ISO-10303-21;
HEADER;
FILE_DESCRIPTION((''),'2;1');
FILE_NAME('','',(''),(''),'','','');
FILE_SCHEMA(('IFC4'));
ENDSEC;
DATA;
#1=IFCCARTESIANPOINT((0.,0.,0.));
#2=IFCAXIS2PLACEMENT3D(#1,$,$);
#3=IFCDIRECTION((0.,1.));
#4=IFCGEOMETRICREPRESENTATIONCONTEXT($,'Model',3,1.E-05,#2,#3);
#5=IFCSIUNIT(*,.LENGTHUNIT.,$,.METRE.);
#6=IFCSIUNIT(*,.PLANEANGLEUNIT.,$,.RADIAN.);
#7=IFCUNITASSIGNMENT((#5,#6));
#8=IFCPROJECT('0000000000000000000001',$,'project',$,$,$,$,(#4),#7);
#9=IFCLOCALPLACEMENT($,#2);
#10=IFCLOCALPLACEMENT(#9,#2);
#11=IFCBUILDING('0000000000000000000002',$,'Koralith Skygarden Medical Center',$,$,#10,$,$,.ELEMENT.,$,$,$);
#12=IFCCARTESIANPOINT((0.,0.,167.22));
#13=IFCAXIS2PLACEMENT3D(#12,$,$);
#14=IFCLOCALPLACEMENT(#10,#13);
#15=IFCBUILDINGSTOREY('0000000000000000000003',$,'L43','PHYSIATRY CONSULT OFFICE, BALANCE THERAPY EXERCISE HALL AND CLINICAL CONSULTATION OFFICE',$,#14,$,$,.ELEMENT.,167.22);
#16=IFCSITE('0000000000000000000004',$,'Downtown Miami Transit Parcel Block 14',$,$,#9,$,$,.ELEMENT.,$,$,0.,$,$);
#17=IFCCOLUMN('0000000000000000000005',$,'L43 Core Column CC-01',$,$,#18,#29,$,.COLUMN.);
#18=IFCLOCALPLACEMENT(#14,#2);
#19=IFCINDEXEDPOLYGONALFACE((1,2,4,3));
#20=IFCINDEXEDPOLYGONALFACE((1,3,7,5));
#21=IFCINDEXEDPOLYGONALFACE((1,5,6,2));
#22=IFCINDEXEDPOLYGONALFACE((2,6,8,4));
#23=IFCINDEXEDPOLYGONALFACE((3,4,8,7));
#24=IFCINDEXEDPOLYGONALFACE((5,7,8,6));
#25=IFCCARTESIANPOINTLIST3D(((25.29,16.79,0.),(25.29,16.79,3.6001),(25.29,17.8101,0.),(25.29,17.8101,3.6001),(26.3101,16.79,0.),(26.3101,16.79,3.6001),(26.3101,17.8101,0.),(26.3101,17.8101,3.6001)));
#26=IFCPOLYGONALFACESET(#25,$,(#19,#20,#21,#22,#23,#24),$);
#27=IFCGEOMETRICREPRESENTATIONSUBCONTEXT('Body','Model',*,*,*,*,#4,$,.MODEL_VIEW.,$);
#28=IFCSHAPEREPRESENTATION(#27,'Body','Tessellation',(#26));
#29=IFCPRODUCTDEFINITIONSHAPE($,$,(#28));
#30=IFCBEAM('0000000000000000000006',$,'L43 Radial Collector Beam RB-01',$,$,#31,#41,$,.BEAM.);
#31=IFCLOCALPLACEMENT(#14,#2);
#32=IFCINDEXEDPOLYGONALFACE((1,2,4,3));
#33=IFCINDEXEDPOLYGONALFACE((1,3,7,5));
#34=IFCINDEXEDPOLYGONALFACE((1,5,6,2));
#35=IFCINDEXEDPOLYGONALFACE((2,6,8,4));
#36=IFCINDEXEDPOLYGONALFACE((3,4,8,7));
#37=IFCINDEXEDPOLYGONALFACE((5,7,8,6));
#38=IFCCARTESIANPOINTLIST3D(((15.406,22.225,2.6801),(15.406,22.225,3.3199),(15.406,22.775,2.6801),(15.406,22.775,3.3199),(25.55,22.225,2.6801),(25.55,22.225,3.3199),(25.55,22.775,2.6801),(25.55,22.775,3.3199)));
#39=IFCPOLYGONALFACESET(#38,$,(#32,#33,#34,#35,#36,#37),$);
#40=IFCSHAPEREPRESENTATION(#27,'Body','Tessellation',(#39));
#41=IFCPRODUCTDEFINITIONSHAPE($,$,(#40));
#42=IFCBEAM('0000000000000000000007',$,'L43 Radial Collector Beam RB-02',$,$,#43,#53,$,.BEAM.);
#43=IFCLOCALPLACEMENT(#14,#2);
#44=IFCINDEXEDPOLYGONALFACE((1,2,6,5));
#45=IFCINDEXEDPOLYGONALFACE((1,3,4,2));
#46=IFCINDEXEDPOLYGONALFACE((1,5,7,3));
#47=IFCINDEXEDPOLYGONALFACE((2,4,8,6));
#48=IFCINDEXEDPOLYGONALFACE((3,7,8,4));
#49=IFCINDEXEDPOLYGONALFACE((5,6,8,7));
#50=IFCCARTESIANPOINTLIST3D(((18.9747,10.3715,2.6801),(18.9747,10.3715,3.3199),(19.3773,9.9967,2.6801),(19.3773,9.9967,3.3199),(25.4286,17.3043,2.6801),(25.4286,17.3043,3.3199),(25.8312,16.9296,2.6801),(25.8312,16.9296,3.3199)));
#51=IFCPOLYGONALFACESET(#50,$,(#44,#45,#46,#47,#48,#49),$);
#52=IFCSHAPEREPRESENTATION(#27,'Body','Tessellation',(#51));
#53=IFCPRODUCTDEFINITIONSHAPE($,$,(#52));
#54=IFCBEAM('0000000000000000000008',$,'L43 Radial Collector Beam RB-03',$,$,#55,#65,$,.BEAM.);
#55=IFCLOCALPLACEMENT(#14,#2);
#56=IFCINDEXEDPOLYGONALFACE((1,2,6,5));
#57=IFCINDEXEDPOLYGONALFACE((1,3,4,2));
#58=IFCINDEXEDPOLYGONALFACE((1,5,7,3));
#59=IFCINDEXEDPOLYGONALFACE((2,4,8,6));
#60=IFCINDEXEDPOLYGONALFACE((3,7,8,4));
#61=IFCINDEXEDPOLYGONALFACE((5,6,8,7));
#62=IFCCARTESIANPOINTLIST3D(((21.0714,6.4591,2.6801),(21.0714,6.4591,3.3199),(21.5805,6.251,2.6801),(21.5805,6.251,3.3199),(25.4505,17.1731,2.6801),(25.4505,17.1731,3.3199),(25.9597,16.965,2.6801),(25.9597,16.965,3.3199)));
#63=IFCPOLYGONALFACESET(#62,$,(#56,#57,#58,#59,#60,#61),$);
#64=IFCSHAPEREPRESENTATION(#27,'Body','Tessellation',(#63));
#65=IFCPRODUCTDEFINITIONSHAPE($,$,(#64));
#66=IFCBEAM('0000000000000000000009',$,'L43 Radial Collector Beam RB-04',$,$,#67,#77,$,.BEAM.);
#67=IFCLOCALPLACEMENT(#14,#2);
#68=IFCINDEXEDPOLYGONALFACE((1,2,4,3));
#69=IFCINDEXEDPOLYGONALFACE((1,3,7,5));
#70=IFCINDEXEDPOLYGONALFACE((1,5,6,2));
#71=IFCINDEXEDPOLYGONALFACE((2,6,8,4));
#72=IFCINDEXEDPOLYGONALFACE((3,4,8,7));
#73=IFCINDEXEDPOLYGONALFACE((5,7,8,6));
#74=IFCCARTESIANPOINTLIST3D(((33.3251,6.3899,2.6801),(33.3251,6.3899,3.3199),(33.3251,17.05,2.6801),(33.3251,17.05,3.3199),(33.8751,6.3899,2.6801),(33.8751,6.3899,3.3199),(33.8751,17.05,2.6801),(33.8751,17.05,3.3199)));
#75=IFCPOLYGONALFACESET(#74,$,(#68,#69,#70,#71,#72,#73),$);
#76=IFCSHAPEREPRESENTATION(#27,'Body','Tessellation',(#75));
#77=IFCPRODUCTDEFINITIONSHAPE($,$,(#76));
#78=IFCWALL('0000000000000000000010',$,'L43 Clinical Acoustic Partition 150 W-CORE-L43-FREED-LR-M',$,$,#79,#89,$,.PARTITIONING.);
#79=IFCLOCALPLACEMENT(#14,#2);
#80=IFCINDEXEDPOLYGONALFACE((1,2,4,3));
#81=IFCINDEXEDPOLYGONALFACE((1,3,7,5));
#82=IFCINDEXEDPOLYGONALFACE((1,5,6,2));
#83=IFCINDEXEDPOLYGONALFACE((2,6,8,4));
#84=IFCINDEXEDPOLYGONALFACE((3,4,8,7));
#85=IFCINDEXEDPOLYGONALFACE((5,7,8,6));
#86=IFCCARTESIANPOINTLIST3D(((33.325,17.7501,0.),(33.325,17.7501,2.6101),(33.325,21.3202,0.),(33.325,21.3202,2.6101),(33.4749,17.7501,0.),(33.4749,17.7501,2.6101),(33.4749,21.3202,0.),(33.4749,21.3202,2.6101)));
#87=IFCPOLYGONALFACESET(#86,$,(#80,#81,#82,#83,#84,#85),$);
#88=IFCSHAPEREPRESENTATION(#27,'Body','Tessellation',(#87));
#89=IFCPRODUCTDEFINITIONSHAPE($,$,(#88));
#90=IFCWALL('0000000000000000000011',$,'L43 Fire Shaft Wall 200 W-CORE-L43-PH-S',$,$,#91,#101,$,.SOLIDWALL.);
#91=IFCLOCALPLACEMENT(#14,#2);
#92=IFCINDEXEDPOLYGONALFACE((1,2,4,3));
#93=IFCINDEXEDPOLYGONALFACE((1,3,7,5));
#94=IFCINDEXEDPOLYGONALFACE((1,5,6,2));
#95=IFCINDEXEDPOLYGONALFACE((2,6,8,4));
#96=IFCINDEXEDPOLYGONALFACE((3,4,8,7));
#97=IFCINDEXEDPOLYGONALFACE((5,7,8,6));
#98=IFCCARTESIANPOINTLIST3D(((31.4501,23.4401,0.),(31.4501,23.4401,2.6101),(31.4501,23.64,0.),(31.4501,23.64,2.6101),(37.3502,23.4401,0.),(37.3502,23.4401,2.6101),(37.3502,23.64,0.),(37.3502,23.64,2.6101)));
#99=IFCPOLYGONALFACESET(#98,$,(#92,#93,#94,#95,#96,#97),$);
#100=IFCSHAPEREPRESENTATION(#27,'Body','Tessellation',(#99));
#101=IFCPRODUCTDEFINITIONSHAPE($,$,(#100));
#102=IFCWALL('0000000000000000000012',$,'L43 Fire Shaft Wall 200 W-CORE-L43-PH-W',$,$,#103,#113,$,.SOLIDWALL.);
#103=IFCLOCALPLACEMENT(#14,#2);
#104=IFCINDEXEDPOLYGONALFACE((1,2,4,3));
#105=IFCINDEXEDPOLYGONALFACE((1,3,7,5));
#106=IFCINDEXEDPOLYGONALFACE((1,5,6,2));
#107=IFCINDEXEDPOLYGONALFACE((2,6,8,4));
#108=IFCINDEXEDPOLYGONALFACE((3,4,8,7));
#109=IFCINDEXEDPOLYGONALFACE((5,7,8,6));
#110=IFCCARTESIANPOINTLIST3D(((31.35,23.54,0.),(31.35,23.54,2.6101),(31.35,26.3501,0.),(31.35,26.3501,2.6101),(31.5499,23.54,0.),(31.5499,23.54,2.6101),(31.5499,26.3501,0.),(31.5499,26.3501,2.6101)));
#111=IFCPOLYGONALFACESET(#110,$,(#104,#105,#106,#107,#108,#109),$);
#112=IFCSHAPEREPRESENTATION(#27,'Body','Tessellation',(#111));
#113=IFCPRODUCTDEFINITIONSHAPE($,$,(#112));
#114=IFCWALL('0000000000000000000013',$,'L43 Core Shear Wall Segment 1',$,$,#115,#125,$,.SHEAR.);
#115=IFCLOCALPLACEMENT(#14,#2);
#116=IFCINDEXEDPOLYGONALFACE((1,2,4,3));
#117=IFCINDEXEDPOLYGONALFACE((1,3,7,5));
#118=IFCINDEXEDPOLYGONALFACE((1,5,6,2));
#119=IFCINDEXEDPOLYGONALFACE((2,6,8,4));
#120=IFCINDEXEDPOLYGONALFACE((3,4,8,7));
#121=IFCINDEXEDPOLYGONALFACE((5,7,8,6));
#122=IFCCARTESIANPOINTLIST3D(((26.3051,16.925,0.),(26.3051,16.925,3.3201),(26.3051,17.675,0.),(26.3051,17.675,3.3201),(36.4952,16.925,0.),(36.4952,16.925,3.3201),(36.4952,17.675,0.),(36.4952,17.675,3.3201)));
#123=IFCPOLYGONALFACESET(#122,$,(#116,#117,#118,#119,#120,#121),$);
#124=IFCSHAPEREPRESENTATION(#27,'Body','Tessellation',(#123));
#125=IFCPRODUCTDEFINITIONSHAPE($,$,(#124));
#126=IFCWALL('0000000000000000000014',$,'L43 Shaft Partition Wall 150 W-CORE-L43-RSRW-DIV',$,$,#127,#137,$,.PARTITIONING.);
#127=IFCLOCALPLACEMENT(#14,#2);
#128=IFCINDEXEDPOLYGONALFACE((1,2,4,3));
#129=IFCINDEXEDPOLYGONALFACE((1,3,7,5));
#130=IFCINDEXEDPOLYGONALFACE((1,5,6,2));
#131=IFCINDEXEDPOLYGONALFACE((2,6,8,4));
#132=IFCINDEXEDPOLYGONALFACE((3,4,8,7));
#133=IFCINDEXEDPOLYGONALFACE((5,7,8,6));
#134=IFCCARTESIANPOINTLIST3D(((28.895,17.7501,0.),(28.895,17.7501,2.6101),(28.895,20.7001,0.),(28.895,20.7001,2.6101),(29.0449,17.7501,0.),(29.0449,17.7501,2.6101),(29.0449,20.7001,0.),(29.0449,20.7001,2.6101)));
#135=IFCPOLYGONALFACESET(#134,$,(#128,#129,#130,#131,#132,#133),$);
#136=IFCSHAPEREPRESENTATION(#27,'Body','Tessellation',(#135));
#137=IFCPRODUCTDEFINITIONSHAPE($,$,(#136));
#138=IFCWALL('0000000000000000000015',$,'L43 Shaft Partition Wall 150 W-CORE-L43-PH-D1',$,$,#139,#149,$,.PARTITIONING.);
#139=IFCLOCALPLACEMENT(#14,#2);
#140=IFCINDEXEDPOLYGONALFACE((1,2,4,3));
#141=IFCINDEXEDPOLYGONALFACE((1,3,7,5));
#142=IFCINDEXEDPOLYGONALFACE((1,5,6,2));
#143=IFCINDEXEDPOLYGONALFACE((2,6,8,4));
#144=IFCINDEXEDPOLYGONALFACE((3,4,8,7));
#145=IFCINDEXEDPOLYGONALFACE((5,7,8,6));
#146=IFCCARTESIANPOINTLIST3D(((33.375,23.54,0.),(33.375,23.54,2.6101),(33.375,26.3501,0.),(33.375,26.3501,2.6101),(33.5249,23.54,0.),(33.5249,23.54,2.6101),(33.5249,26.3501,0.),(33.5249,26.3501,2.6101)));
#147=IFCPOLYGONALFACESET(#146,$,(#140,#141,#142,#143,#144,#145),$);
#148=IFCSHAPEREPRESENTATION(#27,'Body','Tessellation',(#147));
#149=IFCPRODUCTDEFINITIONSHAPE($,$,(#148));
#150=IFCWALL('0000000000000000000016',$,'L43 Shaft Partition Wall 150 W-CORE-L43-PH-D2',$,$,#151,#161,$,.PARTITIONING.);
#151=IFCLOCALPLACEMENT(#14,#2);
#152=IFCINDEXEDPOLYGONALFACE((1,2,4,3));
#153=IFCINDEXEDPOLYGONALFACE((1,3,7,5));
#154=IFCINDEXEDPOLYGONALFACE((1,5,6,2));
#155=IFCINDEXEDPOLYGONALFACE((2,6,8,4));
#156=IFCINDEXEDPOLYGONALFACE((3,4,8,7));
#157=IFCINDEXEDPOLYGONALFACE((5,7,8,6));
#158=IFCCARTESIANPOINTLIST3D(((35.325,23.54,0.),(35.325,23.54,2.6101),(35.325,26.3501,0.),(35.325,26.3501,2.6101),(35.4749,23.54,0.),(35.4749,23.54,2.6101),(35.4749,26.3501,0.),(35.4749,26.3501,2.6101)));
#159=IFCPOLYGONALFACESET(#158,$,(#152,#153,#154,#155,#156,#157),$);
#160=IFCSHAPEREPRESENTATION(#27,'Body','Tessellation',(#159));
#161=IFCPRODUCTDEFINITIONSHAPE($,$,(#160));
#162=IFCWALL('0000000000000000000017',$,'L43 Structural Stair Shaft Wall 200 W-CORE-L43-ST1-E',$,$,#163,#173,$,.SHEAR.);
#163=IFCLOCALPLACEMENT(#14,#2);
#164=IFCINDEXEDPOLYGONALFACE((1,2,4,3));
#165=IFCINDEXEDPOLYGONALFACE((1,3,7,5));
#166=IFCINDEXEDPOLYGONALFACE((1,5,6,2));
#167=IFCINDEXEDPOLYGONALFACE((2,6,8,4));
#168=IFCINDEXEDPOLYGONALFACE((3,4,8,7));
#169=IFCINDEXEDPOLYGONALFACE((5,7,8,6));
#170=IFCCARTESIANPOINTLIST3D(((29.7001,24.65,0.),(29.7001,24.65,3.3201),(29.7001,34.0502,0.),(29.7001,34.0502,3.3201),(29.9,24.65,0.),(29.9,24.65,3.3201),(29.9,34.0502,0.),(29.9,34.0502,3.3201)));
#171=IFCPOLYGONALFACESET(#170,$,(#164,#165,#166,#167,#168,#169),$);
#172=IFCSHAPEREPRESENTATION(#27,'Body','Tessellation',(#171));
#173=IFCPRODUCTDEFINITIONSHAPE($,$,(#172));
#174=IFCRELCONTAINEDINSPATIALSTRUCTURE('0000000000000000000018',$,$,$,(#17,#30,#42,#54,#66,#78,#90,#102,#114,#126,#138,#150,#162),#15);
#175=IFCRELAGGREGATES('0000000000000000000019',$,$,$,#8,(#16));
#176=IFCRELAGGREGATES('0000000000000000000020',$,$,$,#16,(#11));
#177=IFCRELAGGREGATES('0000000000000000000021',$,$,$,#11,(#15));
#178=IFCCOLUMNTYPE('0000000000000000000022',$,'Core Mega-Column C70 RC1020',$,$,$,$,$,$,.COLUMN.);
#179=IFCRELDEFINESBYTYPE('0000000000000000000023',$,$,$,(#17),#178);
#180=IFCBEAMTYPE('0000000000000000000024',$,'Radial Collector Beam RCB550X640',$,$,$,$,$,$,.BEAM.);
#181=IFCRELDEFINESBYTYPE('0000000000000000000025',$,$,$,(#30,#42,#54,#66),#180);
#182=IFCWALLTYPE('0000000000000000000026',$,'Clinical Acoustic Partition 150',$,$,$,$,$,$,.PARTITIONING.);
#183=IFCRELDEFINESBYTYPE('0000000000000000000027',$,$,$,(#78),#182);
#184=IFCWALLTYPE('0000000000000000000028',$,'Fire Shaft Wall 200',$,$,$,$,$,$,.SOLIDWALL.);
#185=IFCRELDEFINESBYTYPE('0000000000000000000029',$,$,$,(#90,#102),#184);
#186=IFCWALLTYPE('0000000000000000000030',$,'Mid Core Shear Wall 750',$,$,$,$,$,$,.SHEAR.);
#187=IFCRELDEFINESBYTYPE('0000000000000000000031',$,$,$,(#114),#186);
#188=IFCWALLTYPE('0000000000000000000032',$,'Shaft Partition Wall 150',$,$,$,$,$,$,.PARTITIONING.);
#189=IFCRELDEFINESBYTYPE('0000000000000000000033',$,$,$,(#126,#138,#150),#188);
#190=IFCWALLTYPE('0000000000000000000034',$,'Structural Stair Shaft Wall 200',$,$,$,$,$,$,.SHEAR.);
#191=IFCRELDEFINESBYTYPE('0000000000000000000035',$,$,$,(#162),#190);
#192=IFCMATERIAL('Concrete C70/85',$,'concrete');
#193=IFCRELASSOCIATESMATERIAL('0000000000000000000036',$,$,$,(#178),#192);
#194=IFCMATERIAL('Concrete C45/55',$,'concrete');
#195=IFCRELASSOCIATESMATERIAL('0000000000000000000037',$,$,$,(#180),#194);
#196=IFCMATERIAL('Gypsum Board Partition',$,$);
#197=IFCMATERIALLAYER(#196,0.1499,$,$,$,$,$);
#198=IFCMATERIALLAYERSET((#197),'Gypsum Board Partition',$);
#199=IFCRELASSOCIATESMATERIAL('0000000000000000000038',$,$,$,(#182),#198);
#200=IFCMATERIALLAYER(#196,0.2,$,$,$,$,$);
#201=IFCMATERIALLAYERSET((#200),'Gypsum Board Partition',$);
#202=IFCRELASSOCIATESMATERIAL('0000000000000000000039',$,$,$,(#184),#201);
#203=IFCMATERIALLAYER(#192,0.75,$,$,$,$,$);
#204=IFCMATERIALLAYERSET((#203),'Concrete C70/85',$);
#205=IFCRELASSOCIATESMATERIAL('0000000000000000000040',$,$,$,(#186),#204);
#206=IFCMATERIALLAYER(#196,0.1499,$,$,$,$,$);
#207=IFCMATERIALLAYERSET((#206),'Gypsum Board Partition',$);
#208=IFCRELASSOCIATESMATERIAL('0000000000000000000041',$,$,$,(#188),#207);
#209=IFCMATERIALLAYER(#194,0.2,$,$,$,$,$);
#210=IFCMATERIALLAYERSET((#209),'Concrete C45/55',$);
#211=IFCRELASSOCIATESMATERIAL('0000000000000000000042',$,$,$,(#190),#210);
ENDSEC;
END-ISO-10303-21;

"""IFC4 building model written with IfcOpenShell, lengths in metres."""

from ifc_helpers import new_model, si_unit, direction, frame, frame_2d, origin, origin_2d, place, context, subcontext, project, spatial, rectangle, extrude, material, layer, layer_set, material_profile, profile_set, type_object, element, save


model = new_model("IFC4")

# Units and contexts
model_context = context("Model", 3, precision=1e-05, world=origin(), true_north=direction((0.0, 1.0)))
body_context = subcontext(model_context, "Body", "Model", "MODEL_VIEW")
ifc_project = project(units=[si_unit("LENGTHUNIT", "METRE"), si_unit("PLANEANGLEUNIT", "RADIAN")], contexts=[model_context])

# Site, building, storey
site_placement = place(None, origin())
site = spatial("IfcSite", under=ifc_project, at=site_placement, Name="Downtown Miami Transit Parcel Block 14", CompositionType="ELEMENT", RefElevation=0.0)
building_placement = place(site_placement, origin())
building = spatial("IfcBuilding", under=site, at=building_placement, Name="Koralith Skygarden Medical Center", CompositionType="ELEMENT")
storey_placement = place(building_placement, frame((0.0, 0.0, 167.22)))
storey = spatial("IfcBuildingStorey", under=building, at=storey_placement, Name="L43", Description="PHYSIATRY CONSULT OFFICE, BALANCE THERAPY EXERCISE HALL AND CLINICAL CONSULTATION OFFICE", CompositionType="ELEMENT", Elevation=167.22)

# Column
ifc_material_1 = material(Name="Concrete C70/85", Category="concrete")
ifc_material_profile_1 = material_profile(ifc_material_1, rectangle(XDim=1.02, YDim=1.02, at=origin_2d()), Name="RC1020X1020")
ifc_profile_set_1 = profile_set([ifc_material_profile_1], Name="Concrete C70/85")
column_type = type_object("IfcColumnType", Name="Core Mega-Column C70 RC1020", PredefinedType="COLUMN", material=ifc_profile_set_1)
column_placement = place(storey_placement, frame((25.8, 17.3, 0.0), z_axis=(0.0, 0.0, 1.0), x_axis=(1.0, 0.0, 0.0)))
element("IfcColumn", 1, at=column_placement, inside=storey, type_object=column_type, Name="L43 Core Column CC-01", PredefinedType="COLUMN", context=body_context, shape_type="SweptSolid", body=[
    extrude(rectangle(XDim=1.02, YDim=1.02, at=origin_2d()), origin(), (0.0, 0.0, 1.0), 3.6001),
])

# Beams
ifc_material_2 = material(Name="Concrete C45/55", Category="concrete")
ifc_material_profile_2 = material_profile(ifc_material_2, rectangle(XDim=0.55, YDim=0.6399, at=origin_2d()), Name="RCB550X640")
ifc_profile_set_2 = profile_set([ifc_material_profile_2], Name="Concrete C45/55")
beam_type = type_object("IfcBeamType", Name="Radial Collector Beam RCB550X640", PredefinedType="BEAM", material=ifc_profile_set_2)
beam_1_placement = place(storey_placement, frame((25.55, 22.5, 3.0), z_axis=(-1.0, 0.0, 0.0), x_axis=(0.0, -1.0, 0.0)))
element("IfcBeam", 2, at=beam_1_placement, inside=storey, type_object=beam_type, Name="L43 Radial Collector Beam RB-01", PredefinedType="BEAM", context=body_context, shape_type="SweptSolid", body=[
    extrude(rectangle(XDim=0.55, YDim=0.6399, at=origin_2d()), origin(), (0.0, 0.0, 1.0), 10.144),
])
beam_2_placement = place(storey_placement, frame((25.6299, 17.1169, 3.0), z_axis=(-0.681369, -0.73194, 0.0), x_axis=(0.73194, -0.681369, 0.0)))
element("IfcBeam", 3, at=beam_2_placement, inside=storey, type_object=beam_type, Name="L43 Radial Collector Beam RB-02", PredefinedType="BEAM", context=body_context, shape_type="SweptSolid", body=[
    extrude(rectangle(XDim=0.55, YDim=0.6399, at=origin_2d()), origin(), (0.0, 0.0, 1.0), 9.4719),
])
beam_3_placement = place(storey_placement, frame((25.7051, 17.0691, 3.0), z_axis=(-0.378345, -0.925665, 0.0), x_axis=(0.925665, -0.378345, 0.0)))
element("IfcBeam", 4, at=beam_3_placement, inside=storey, type_object=beam_type, Name="L43 Radial Collector Beam RB-03", PredefinedType="BEAM", context=body_context, shape_type="SweptSolid", body=[
    extrude(rectangle(XDim=0.55, YDim=0.6399, at=origin_2d()), origin(), (0.0, 0.0, 1.0), 11.5745),
])
beam_4_placement = place(storey_placement, frame((33.6001, 17.05, 3.0), z_axis=(0.0, -1.0, 0.0), x_axis=(1.0, 0.0, 0.0)))
element("IfcBeam", 5, at=beam_4_placement, inside=storey, type_object=beam_type, Name="L43 Radial Collector Beam RB-04", PredefinedType="BEAM", context=body_context, shape_type="SweptSolid", body=[
    extrude(rectangle(XDim=0.55, YDim=0.6399, at=origin_2d()), origin(), (0.0, 0.0, 1.0), 10.6602),
])

# Shared definitions
ifc_material_3 = material(Name="Gypsum Board Partition")
ifc_layer_1 = layer(ifc_material_3, 0.1499)
ifc_layer_set_1 = layer_set([ifc_layer_1], Name="Gypsum Board Partition")
wall_type_1 = type_object("IfcWallType", Name="Clinical Acoustic Partition 150", PredefinedType="PARTITIONING", material=ifc_layer_set_1)

# Wall
wall_1_placement = place(storey_placement, frame((33.3999, 17.75, 0.0), z_axis=(0.0, 0.0, 1.0), x_axis=(0.0, 1.0, 0.0)))
element("IfcWall", 6, at=wall_1_placement, inside=storey, type_object=wall_type_1, Name="L43 Clinical Acoustic Partition 150 W-CORE-L43-FREED-LR-M", PredefinedType="PARTITIONING", context=body_context, shape_type="SweptSolid", body=[
    extrude(rectangle(XDim=3.5701, YDim=0.1499, at=frame_2d((1.7852, 0.0))), origin(), (0.0, 0.0, 1.0), 2.6101),
])

# Shared definitions
ifc_layer_2 = layer(ifc_material_3, 0.2)
ifc_layer_set_2 = layer_set([ifc_layer_2], Name="Gypsum Board Partition")
wall_type_2 = type_object("IfcWallType", Name="Fire Shaft Wall 200", PredefinedType="SOLIDWALL", material=ifc_layer_set_2)

# Walls
wall_2_placement = place(storey_placement, frame((31.45, 23.54, 0.0), z_axis=(0.0, 0.0, 1.0), x_axis=(1.0, 0.0, 0.0)))
element("IfcWall", 7, at=wall_2_placement, inside=storey, type_object=wall_type_2, Name="L43 Fire Shaft Wall 200 W-CORE-L43-PH-S", PredefinedType="SOLIDWALL", context=body_context, shape_type="SweptSolid", body=[
    extrude(rectangle(XDim=5.9001, YDim=0.2, at=frame_2d((2.9502, 0.0))), origin(), (0.0, 0.0, 1.0), 2.6101),
])
wall_3_placement = place(storey_placement, frame((31.45, 23.54, 0.0), z_axis=(0.0, 0.0, 1.0), x_axis=(0.0, 1.0, 0.0)))
element("IfcWall", 8, at=wall_3_placement, inside=storey, type_object=wall_type_2, Name="L43 Fire Shaft Wall 200 W-CORE-L43-PH-W", PredefinedType="SOLIDWALL", context=body_context, shape_type="SweptSolid", body=[
    extrude(rectangle(XDim=2.8101, YDim=0.2, at=frame_2d((1.405, 0.0))), origin(), (0.0, 0.0, 1.0), 2.6101),
])
ifc_layer_3 = layer(ifc_material_1, 0.75)
ifc_layer_set_3 = layer_set([ifc_layer_3], Name="Concrete C70/85")
wall_type_3 = type_object("IfcWallType", Name="Mid Core Shear Wall 750", PredefinedType="SHEAR", material=ifc_layer_set_3)
wall_4_placement = place(storey_placement, frame((26.3049, 17.3, 0.0), z_axis=(0.0, 0.0, 1.0), x_axis=(1.0, 0.0, 0.0)))
element("IfcWall", 9, at=wall_4_placement, inside=storey, type_object=wall_type_3, Name="L43 Core Shear Wall Segment 1", PredefinedType="SHEAR", context=body_context, shape_type="SweptSolid", body=[
    extrude(rectangle(XDim=10.1902, YDim=0.75, at=frame_2d((5.0952, 0.0))), origin(), (0.0, 0.0, 1.0), 3.3201),
])

# Walls
ifc_layer_4 = layer(ifc_material_3, 0.1499)
ifc_layer_set_4 = layer_set([ifc_layer_4], Name="Gypsum Board Partition")
wall_type_4 = type_object("IfcWallType", Name="Shaft Partition Wall 150", PredefinedType="PARTITIONING", material=ifc_layer_set_4)
wall_5_placement = place(storey_placement, frame((28.97, 17.75, 0.0), z_axis=(0.0, 0.0, 1.0), x_axis=(0.0, 1.0, 0.0)))
element("IfcWall", 10, at=wall_5_placement, inside=storey, type_object=wall_type_4, Name="L43 Shaft Partition Wall 150 W-CORE-L43-RSRW-DIV", PredefinedType="PARTITIONING", context=body_context, shape_type="SweptSolid", body=[
    extrude(rectangle(XDim=2.95, YDim=0.1499, at=frame_2d((1.4751, 0.0))), origin(), (0.0, 0.0, 1.0), 2.6101),
])
for number, where, z_axis, x_axis, name in (
    (11, (33.45, 23.54, 0.0), (0.0, 0.0, 1.0), (0.0, 1.0, 0.0), "L43 Shaft Partition Wall 150 W-CORE-L43-PH-D1"),
    (12, (35.3999, 23.54, 0.0), (0.0, 0.0, 1.0), (0.0, 1.0, 0.0), "L43 Shaft Partition Wall 150 W-CORE-L43-PH-D2"),
):
    element("IfcWall", number, at=place(storey_placement, frame(where, z_axis=z_axis, x_axis=x_axis)), inside=storey, type_object=wall_type_4, Name=name, PredefinedType="PARTITIONING", context=body_context, shape_type="SweptSolid", body=[
        extrude(rectangle(XDim=2.8101, YDim=0.1499, at=frame_2d((1.405, 0.0))), origin(), (0.0, 0.0, 1.0), 2.6101),
    ])
ifc_layer_5 = layer(ifc_material_2, 0.2)
ifc_layer_set_5 = layer_set([ifc_layer_5], Name="Concrete C45/55")
wall_type_5 = type_object("IfcWallType", Name="Structural Stair Shaft Wall 200", PredefinedType="SHEAR", material=ifc_layer_set_5)
wall_6_placement = place(storey_placement, frame((29.8, 24.6499, 0.0), z_axis=(0.0, 0.0, 1.0), x_axis=(0.0, 1.0, 0.0)))
element("IfcWall", 13, at=wall_6_placement, inside=storey, type_object=wall_type_5, Name="L43 Structural Stair Shaft Wall 200 W-CORE-L43-ST1-E", PredefinedType="SHEAR", context=body_context, shape_type="SweptSolid", body=[
    extrude(rectangle(XDim=9.4001, YDim=0.2, at=frame_2d((4.7002, 0.0))), origin(), (0.0, 0.0, 1.0), 3.3201),
])

save(model, "model.ifc")
